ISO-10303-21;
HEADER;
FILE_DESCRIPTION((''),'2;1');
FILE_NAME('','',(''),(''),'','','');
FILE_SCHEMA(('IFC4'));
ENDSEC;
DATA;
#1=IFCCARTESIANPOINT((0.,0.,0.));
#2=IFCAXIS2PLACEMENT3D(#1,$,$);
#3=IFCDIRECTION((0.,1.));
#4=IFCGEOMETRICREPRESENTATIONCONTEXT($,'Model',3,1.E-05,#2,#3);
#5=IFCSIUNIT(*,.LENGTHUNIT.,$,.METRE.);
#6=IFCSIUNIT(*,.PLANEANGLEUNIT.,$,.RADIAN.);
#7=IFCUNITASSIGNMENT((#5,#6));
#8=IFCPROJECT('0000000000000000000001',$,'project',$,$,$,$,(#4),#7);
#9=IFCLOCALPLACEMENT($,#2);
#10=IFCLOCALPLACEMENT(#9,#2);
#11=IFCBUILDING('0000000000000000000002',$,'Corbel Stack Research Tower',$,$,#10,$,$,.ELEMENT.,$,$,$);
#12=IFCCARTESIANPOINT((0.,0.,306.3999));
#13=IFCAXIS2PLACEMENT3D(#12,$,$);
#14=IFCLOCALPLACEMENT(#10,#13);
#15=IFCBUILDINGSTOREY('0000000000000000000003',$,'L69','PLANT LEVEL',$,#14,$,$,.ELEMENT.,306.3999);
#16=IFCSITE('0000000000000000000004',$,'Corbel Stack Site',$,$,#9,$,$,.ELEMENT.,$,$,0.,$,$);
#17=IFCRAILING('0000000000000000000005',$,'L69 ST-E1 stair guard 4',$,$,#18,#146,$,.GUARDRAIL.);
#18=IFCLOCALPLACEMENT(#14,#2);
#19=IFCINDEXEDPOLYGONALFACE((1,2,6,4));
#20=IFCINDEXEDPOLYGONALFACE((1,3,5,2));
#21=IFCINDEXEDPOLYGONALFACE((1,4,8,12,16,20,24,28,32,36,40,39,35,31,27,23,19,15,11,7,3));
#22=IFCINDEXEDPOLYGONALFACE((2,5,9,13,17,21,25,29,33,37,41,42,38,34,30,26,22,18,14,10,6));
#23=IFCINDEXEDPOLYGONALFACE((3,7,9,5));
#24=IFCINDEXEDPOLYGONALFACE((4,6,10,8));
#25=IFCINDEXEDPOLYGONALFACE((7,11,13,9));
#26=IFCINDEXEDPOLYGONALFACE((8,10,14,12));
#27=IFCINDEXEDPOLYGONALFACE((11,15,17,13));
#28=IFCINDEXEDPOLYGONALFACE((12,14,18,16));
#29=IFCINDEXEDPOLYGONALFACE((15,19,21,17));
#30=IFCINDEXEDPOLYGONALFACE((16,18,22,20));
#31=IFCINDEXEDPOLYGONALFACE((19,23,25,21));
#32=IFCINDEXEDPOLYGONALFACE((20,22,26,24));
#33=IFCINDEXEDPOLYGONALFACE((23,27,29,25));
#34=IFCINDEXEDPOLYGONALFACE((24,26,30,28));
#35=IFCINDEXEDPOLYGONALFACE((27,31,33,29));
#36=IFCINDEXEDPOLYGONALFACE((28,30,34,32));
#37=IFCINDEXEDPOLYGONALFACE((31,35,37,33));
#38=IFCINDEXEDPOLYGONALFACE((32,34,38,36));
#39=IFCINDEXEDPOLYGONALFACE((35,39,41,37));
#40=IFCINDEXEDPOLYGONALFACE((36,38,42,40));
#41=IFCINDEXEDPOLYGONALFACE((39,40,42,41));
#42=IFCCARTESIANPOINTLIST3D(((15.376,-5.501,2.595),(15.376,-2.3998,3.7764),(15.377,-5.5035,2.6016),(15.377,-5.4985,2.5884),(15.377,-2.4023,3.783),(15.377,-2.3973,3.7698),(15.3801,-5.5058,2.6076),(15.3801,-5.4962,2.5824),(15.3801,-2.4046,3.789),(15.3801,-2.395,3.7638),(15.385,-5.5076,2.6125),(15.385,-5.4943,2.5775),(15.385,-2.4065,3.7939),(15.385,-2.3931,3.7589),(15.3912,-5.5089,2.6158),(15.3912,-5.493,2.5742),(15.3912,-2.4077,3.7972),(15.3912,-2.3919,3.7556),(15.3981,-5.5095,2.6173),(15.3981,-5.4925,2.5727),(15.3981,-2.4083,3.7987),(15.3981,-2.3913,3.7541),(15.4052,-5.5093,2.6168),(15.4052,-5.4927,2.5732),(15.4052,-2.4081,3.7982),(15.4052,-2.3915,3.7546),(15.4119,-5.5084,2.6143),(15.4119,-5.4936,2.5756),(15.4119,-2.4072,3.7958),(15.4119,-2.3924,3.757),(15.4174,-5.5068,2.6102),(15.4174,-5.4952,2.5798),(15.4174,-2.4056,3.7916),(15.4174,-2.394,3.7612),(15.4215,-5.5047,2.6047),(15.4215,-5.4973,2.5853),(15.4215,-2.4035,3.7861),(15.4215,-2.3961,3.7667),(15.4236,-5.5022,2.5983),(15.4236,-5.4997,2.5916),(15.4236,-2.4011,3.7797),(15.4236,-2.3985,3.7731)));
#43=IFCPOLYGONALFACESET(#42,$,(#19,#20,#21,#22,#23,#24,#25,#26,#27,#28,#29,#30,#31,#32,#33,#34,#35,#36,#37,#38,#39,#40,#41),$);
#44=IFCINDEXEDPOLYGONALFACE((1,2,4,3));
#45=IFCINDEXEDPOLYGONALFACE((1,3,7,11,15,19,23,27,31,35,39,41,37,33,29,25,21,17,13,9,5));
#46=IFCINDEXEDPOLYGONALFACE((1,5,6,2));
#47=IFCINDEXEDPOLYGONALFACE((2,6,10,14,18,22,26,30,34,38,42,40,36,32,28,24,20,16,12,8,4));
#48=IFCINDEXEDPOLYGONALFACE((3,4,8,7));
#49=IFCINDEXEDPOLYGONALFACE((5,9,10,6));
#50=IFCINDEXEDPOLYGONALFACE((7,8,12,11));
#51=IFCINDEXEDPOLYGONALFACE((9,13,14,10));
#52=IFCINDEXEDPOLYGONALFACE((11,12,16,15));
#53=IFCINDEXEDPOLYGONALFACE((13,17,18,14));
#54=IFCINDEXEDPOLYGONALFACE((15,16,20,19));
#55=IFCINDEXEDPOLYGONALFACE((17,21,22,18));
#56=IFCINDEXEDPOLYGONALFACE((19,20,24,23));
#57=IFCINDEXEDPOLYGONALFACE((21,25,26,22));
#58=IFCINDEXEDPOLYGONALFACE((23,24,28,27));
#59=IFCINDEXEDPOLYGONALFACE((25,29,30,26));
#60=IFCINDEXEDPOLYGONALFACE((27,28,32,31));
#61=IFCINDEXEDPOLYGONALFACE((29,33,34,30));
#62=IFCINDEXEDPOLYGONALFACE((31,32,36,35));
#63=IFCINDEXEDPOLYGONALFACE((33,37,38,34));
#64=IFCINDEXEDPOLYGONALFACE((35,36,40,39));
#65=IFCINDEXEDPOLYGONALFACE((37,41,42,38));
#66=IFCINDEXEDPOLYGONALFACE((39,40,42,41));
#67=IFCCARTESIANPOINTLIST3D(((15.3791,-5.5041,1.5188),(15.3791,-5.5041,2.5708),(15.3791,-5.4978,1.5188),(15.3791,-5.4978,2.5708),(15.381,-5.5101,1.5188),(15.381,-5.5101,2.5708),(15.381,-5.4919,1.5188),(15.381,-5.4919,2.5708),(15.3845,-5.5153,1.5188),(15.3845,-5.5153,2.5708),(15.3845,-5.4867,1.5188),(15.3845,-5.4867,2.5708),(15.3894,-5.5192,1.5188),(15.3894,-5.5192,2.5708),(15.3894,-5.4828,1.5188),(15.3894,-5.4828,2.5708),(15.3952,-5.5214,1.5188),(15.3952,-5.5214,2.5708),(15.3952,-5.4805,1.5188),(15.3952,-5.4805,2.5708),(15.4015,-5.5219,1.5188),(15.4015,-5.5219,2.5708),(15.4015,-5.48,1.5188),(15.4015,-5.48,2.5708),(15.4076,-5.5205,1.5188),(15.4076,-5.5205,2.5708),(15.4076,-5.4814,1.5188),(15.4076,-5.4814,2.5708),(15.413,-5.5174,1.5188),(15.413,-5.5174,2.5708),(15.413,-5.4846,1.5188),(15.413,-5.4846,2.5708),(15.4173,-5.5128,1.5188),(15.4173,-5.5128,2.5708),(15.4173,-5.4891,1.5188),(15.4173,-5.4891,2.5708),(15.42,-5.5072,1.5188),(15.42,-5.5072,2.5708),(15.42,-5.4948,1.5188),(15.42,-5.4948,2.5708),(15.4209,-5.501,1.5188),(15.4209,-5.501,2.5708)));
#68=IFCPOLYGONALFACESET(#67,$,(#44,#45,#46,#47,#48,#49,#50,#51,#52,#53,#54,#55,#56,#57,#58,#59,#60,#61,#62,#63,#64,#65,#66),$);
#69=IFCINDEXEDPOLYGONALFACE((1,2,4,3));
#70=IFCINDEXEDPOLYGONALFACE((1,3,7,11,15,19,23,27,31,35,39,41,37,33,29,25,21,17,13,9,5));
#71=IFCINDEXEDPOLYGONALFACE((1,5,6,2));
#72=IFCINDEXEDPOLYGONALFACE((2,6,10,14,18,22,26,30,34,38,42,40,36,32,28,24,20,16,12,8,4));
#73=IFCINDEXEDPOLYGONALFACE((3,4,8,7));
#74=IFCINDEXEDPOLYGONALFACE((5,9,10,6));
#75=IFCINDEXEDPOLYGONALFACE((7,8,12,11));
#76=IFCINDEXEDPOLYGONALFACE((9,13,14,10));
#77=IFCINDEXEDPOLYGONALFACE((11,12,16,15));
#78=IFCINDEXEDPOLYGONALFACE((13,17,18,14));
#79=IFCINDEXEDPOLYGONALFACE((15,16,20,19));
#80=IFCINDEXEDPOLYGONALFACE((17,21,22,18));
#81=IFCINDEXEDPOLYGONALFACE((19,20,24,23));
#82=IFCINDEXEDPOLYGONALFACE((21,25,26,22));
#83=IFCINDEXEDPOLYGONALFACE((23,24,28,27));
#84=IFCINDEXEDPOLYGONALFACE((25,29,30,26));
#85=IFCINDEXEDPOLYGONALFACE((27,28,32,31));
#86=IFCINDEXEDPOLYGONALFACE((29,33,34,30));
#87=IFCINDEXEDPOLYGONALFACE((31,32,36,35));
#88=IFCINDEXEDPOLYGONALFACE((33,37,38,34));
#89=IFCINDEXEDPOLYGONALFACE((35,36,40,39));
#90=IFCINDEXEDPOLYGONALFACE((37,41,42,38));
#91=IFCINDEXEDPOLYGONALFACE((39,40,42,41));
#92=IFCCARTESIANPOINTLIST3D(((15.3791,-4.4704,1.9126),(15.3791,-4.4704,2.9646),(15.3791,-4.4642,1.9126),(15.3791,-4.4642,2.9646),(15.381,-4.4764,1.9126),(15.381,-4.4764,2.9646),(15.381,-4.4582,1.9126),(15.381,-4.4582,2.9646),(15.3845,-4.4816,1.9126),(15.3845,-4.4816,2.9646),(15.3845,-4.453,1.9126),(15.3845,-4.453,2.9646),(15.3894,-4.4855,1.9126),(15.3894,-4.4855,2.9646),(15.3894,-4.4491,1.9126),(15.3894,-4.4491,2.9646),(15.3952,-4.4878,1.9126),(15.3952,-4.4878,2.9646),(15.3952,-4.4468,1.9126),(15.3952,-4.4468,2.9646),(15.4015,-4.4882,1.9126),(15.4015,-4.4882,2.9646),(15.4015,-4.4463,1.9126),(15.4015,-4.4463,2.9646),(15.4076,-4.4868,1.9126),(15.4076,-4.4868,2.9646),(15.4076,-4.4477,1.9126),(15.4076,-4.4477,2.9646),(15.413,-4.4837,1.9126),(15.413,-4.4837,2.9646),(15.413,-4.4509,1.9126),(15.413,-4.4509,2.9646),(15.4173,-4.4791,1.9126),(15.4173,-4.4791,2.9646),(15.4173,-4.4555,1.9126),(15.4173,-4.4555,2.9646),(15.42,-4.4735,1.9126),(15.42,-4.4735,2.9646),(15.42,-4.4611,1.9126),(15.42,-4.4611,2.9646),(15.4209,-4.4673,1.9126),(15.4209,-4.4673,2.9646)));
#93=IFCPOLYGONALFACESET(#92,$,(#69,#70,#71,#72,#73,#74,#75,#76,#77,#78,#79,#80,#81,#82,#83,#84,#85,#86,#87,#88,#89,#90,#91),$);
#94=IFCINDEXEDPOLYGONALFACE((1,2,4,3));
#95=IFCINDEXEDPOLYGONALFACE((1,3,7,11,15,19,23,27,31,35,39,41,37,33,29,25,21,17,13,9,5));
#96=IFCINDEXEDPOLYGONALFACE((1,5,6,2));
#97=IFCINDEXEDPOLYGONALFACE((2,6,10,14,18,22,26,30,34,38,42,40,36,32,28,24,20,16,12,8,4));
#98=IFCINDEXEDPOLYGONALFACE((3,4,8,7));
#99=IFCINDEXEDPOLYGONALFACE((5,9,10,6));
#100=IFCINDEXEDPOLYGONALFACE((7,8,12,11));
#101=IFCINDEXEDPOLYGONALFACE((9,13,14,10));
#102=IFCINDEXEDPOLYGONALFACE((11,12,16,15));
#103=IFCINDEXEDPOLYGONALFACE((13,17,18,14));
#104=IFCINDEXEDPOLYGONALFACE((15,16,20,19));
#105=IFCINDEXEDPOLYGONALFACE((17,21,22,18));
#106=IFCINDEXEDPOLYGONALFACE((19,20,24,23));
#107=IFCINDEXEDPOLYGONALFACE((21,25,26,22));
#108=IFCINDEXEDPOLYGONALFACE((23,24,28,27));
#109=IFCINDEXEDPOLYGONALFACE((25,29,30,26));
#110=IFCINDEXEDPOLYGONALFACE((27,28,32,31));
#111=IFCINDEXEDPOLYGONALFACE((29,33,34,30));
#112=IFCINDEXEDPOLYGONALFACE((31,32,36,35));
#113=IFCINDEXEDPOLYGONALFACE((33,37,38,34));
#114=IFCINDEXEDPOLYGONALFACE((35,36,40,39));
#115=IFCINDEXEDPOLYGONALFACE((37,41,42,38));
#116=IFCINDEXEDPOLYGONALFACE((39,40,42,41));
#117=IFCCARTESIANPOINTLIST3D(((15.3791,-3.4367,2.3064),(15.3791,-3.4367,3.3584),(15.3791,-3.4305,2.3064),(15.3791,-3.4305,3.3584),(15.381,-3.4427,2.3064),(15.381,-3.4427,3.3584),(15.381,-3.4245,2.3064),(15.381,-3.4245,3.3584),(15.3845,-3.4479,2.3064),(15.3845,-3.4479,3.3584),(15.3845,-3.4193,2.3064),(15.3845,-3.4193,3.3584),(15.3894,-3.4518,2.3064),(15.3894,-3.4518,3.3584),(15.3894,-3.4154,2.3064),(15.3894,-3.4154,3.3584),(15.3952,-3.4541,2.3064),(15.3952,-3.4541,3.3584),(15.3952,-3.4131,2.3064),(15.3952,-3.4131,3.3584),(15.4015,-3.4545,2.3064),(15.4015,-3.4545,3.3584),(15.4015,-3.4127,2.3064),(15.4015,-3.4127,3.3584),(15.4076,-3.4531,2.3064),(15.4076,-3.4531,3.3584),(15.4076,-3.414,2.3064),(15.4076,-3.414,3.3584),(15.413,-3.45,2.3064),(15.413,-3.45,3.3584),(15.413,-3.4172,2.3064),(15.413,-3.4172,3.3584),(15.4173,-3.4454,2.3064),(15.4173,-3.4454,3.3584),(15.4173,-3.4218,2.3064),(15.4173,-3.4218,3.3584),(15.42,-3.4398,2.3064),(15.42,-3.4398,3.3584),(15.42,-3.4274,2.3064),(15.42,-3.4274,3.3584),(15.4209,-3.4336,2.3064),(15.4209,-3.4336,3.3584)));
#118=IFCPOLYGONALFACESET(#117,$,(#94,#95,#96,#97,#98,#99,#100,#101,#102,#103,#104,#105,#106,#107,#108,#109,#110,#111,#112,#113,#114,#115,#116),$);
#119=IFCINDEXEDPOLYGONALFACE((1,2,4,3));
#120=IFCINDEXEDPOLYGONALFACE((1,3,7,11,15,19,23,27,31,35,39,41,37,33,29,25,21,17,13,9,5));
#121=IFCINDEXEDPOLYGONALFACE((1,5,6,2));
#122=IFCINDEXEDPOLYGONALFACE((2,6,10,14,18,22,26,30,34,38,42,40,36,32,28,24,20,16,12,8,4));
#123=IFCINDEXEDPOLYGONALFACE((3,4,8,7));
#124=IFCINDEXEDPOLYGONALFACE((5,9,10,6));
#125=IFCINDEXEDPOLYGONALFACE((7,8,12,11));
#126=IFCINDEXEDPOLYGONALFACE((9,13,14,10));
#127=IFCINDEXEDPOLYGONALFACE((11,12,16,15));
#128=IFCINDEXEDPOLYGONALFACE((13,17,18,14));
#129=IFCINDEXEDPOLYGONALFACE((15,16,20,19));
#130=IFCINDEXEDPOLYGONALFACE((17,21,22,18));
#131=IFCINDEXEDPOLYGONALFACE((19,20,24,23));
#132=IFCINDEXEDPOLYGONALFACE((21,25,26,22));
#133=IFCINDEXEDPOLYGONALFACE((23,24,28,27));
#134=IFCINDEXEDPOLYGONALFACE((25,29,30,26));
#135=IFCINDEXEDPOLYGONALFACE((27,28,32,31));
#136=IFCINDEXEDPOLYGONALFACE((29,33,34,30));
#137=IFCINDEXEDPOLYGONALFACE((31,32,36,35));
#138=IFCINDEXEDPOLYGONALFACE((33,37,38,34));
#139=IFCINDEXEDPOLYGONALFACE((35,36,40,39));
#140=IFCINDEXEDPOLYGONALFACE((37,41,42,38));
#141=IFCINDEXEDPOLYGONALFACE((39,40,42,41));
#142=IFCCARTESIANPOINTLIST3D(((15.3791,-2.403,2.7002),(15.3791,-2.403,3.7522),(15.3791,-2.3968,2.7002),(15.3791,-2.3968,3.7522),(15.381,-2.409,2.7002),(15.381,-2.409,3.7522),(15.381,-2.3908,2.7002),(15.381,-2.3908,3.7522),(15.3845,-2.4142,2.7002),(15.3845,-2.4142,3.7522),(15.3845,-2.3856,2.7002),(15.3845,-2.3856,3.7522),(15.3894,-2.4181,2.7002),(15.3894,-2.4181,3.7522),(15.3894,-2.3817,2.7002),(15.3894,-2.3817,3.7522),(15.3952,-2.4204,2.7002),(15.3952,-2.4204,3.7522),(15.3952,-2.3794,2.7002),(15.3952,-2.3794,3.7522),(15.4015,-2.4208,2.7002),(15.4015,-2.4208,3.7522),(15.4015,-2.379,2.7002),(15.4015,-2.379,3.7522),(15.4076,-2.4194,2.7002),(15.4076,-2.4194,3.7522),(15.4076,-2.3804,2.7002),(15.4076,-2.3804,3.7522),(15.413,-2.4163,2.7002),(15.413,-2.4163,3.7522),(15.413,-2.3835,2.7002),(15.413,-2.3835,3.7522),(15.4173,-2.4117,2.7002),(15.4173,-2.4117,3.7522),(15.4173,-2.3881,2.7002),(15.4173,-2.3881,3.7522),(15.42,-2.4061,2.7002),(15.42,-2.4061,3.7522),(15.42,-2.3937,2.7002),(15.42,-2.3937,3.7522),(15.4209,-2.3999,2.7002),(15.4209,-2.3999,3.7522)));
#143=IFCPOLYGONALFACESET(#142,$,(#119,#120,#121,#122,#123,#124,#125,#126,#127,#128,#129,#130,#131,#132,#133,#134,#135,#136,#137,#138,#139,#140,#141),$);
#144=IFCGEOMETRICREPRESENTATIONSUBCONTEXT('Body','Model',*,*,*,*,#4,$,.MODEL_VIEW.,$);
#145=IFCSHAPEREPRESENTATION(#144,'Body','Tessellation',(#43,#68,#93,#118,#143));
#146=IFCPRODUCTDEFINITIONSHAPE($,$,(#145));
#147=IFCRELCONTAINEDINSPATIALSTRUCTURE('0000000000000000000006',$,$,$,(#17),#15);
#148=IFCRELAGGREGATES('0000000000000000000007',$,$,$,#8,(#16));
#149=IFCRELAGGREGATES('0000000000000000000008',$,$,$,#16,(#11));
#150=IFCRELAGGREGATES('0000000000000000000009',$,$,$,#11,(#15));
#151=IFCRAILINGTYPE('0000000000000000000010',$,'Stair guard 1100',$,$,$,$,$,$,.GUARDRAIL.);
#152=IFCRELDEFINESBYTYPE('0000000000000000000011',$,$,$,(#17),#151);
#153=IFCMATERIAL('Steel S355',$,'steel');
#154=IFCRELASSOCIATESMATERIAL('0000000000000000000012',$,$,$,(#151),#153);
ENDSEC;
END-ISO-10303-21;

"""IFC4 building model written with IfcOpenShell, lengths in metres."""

from ifc_helpers import new_model, si_unit, direction, frame, origin, origin_2d, place, context, subcontext, project, spatial, circle, extrude, material, type_object, element, save


model = new_model("IFC4")

# Units and contexts
model_context = context("Model", 3, precision=1e-05, world=origin(), true_north=direction((0.0, 1.0)))
body_context = subcontext(model_context, "Body", "Model", "MODEL_VIEW")
ifc_project = project(units=[si_unit("LENGTHUNIT", "METRE"), si_unit("PLANEANGLEUNIT", "RADIAN")], contexts=[model_context])

# Site, building, storey
site_placement = place(None, origin())
site = spatial("IfcSite", under=ifc_project, at=site_placement, Name="Corbel Stack Site", CompositionType="ELEMENT", RefElevation=0.0)
building_placement = place(site_placement, origin())
building = spatial("IfcBuilding", under=site, at=building_placement, Name="Corbel Stack Research Tower", CompositionType="ELEMENT")
storey_placement = place(building_placement, frame((0.0, 0.0, 306.3999)))
storey = spatial("IfcBuildingStorey", under=building, at=storey_placement, Name="L69", Description="PLANT LEVEL", CompositionType="ELEMENT", Elevation=306.3999)

# Railing
ifc_material_1 = material(Name="Steel S355", Category="steel")
railing_type_1 = type_object("IfcRailingType", Name="Stair guard 1100", PredefinedType="GUARDRAIL", material=ifc_material_1)
railing_1_placement = place(storey_placement, frame((15.3999, -5.501, 1.5188)))
element("IfcRailing", 1, at=railing_1_placement, inside=storey, type_object=railing_type_1, Name="L69 ST-E1 stair guard 4", PredefinedType="GUARDRAIL", context=body_context, shape_type="SweptSolid", body=[
    extrude(circle(Radius=0.0239, at=origin_2d()), frame((0.0, 0.0, 1.0762), z_axis=(0.0, 0.934484, 0.356005), x_axis=(-1.0, 0.0, 0.0)), (0.0, 0.0, 1.0), 3.3186),
    extrude(circle(Radius=0.021, at=origin_2d()), origin(), (0.0, 0.0, 1.0), 1.052),
    extrude(circle(Radius=0.021, at=origin_2d()), frame((0.0, 1.0337, 0.3938)), (0.0, 0.0, 1.0), 1.052),
    extrude(circle(Radius=0.021, at=origin_2d()), frame((0.0, 2.0674, 0.7876)), (0.0, 0.0, 1.0), 1.052),
    extrude(circle(Radius=0.021, at=origin_2d()), frame((0.0, 3.1011, 1.1814)), (0.0, 0.0, 1.0), 1.052),
])

save(model, "model.ifc")
